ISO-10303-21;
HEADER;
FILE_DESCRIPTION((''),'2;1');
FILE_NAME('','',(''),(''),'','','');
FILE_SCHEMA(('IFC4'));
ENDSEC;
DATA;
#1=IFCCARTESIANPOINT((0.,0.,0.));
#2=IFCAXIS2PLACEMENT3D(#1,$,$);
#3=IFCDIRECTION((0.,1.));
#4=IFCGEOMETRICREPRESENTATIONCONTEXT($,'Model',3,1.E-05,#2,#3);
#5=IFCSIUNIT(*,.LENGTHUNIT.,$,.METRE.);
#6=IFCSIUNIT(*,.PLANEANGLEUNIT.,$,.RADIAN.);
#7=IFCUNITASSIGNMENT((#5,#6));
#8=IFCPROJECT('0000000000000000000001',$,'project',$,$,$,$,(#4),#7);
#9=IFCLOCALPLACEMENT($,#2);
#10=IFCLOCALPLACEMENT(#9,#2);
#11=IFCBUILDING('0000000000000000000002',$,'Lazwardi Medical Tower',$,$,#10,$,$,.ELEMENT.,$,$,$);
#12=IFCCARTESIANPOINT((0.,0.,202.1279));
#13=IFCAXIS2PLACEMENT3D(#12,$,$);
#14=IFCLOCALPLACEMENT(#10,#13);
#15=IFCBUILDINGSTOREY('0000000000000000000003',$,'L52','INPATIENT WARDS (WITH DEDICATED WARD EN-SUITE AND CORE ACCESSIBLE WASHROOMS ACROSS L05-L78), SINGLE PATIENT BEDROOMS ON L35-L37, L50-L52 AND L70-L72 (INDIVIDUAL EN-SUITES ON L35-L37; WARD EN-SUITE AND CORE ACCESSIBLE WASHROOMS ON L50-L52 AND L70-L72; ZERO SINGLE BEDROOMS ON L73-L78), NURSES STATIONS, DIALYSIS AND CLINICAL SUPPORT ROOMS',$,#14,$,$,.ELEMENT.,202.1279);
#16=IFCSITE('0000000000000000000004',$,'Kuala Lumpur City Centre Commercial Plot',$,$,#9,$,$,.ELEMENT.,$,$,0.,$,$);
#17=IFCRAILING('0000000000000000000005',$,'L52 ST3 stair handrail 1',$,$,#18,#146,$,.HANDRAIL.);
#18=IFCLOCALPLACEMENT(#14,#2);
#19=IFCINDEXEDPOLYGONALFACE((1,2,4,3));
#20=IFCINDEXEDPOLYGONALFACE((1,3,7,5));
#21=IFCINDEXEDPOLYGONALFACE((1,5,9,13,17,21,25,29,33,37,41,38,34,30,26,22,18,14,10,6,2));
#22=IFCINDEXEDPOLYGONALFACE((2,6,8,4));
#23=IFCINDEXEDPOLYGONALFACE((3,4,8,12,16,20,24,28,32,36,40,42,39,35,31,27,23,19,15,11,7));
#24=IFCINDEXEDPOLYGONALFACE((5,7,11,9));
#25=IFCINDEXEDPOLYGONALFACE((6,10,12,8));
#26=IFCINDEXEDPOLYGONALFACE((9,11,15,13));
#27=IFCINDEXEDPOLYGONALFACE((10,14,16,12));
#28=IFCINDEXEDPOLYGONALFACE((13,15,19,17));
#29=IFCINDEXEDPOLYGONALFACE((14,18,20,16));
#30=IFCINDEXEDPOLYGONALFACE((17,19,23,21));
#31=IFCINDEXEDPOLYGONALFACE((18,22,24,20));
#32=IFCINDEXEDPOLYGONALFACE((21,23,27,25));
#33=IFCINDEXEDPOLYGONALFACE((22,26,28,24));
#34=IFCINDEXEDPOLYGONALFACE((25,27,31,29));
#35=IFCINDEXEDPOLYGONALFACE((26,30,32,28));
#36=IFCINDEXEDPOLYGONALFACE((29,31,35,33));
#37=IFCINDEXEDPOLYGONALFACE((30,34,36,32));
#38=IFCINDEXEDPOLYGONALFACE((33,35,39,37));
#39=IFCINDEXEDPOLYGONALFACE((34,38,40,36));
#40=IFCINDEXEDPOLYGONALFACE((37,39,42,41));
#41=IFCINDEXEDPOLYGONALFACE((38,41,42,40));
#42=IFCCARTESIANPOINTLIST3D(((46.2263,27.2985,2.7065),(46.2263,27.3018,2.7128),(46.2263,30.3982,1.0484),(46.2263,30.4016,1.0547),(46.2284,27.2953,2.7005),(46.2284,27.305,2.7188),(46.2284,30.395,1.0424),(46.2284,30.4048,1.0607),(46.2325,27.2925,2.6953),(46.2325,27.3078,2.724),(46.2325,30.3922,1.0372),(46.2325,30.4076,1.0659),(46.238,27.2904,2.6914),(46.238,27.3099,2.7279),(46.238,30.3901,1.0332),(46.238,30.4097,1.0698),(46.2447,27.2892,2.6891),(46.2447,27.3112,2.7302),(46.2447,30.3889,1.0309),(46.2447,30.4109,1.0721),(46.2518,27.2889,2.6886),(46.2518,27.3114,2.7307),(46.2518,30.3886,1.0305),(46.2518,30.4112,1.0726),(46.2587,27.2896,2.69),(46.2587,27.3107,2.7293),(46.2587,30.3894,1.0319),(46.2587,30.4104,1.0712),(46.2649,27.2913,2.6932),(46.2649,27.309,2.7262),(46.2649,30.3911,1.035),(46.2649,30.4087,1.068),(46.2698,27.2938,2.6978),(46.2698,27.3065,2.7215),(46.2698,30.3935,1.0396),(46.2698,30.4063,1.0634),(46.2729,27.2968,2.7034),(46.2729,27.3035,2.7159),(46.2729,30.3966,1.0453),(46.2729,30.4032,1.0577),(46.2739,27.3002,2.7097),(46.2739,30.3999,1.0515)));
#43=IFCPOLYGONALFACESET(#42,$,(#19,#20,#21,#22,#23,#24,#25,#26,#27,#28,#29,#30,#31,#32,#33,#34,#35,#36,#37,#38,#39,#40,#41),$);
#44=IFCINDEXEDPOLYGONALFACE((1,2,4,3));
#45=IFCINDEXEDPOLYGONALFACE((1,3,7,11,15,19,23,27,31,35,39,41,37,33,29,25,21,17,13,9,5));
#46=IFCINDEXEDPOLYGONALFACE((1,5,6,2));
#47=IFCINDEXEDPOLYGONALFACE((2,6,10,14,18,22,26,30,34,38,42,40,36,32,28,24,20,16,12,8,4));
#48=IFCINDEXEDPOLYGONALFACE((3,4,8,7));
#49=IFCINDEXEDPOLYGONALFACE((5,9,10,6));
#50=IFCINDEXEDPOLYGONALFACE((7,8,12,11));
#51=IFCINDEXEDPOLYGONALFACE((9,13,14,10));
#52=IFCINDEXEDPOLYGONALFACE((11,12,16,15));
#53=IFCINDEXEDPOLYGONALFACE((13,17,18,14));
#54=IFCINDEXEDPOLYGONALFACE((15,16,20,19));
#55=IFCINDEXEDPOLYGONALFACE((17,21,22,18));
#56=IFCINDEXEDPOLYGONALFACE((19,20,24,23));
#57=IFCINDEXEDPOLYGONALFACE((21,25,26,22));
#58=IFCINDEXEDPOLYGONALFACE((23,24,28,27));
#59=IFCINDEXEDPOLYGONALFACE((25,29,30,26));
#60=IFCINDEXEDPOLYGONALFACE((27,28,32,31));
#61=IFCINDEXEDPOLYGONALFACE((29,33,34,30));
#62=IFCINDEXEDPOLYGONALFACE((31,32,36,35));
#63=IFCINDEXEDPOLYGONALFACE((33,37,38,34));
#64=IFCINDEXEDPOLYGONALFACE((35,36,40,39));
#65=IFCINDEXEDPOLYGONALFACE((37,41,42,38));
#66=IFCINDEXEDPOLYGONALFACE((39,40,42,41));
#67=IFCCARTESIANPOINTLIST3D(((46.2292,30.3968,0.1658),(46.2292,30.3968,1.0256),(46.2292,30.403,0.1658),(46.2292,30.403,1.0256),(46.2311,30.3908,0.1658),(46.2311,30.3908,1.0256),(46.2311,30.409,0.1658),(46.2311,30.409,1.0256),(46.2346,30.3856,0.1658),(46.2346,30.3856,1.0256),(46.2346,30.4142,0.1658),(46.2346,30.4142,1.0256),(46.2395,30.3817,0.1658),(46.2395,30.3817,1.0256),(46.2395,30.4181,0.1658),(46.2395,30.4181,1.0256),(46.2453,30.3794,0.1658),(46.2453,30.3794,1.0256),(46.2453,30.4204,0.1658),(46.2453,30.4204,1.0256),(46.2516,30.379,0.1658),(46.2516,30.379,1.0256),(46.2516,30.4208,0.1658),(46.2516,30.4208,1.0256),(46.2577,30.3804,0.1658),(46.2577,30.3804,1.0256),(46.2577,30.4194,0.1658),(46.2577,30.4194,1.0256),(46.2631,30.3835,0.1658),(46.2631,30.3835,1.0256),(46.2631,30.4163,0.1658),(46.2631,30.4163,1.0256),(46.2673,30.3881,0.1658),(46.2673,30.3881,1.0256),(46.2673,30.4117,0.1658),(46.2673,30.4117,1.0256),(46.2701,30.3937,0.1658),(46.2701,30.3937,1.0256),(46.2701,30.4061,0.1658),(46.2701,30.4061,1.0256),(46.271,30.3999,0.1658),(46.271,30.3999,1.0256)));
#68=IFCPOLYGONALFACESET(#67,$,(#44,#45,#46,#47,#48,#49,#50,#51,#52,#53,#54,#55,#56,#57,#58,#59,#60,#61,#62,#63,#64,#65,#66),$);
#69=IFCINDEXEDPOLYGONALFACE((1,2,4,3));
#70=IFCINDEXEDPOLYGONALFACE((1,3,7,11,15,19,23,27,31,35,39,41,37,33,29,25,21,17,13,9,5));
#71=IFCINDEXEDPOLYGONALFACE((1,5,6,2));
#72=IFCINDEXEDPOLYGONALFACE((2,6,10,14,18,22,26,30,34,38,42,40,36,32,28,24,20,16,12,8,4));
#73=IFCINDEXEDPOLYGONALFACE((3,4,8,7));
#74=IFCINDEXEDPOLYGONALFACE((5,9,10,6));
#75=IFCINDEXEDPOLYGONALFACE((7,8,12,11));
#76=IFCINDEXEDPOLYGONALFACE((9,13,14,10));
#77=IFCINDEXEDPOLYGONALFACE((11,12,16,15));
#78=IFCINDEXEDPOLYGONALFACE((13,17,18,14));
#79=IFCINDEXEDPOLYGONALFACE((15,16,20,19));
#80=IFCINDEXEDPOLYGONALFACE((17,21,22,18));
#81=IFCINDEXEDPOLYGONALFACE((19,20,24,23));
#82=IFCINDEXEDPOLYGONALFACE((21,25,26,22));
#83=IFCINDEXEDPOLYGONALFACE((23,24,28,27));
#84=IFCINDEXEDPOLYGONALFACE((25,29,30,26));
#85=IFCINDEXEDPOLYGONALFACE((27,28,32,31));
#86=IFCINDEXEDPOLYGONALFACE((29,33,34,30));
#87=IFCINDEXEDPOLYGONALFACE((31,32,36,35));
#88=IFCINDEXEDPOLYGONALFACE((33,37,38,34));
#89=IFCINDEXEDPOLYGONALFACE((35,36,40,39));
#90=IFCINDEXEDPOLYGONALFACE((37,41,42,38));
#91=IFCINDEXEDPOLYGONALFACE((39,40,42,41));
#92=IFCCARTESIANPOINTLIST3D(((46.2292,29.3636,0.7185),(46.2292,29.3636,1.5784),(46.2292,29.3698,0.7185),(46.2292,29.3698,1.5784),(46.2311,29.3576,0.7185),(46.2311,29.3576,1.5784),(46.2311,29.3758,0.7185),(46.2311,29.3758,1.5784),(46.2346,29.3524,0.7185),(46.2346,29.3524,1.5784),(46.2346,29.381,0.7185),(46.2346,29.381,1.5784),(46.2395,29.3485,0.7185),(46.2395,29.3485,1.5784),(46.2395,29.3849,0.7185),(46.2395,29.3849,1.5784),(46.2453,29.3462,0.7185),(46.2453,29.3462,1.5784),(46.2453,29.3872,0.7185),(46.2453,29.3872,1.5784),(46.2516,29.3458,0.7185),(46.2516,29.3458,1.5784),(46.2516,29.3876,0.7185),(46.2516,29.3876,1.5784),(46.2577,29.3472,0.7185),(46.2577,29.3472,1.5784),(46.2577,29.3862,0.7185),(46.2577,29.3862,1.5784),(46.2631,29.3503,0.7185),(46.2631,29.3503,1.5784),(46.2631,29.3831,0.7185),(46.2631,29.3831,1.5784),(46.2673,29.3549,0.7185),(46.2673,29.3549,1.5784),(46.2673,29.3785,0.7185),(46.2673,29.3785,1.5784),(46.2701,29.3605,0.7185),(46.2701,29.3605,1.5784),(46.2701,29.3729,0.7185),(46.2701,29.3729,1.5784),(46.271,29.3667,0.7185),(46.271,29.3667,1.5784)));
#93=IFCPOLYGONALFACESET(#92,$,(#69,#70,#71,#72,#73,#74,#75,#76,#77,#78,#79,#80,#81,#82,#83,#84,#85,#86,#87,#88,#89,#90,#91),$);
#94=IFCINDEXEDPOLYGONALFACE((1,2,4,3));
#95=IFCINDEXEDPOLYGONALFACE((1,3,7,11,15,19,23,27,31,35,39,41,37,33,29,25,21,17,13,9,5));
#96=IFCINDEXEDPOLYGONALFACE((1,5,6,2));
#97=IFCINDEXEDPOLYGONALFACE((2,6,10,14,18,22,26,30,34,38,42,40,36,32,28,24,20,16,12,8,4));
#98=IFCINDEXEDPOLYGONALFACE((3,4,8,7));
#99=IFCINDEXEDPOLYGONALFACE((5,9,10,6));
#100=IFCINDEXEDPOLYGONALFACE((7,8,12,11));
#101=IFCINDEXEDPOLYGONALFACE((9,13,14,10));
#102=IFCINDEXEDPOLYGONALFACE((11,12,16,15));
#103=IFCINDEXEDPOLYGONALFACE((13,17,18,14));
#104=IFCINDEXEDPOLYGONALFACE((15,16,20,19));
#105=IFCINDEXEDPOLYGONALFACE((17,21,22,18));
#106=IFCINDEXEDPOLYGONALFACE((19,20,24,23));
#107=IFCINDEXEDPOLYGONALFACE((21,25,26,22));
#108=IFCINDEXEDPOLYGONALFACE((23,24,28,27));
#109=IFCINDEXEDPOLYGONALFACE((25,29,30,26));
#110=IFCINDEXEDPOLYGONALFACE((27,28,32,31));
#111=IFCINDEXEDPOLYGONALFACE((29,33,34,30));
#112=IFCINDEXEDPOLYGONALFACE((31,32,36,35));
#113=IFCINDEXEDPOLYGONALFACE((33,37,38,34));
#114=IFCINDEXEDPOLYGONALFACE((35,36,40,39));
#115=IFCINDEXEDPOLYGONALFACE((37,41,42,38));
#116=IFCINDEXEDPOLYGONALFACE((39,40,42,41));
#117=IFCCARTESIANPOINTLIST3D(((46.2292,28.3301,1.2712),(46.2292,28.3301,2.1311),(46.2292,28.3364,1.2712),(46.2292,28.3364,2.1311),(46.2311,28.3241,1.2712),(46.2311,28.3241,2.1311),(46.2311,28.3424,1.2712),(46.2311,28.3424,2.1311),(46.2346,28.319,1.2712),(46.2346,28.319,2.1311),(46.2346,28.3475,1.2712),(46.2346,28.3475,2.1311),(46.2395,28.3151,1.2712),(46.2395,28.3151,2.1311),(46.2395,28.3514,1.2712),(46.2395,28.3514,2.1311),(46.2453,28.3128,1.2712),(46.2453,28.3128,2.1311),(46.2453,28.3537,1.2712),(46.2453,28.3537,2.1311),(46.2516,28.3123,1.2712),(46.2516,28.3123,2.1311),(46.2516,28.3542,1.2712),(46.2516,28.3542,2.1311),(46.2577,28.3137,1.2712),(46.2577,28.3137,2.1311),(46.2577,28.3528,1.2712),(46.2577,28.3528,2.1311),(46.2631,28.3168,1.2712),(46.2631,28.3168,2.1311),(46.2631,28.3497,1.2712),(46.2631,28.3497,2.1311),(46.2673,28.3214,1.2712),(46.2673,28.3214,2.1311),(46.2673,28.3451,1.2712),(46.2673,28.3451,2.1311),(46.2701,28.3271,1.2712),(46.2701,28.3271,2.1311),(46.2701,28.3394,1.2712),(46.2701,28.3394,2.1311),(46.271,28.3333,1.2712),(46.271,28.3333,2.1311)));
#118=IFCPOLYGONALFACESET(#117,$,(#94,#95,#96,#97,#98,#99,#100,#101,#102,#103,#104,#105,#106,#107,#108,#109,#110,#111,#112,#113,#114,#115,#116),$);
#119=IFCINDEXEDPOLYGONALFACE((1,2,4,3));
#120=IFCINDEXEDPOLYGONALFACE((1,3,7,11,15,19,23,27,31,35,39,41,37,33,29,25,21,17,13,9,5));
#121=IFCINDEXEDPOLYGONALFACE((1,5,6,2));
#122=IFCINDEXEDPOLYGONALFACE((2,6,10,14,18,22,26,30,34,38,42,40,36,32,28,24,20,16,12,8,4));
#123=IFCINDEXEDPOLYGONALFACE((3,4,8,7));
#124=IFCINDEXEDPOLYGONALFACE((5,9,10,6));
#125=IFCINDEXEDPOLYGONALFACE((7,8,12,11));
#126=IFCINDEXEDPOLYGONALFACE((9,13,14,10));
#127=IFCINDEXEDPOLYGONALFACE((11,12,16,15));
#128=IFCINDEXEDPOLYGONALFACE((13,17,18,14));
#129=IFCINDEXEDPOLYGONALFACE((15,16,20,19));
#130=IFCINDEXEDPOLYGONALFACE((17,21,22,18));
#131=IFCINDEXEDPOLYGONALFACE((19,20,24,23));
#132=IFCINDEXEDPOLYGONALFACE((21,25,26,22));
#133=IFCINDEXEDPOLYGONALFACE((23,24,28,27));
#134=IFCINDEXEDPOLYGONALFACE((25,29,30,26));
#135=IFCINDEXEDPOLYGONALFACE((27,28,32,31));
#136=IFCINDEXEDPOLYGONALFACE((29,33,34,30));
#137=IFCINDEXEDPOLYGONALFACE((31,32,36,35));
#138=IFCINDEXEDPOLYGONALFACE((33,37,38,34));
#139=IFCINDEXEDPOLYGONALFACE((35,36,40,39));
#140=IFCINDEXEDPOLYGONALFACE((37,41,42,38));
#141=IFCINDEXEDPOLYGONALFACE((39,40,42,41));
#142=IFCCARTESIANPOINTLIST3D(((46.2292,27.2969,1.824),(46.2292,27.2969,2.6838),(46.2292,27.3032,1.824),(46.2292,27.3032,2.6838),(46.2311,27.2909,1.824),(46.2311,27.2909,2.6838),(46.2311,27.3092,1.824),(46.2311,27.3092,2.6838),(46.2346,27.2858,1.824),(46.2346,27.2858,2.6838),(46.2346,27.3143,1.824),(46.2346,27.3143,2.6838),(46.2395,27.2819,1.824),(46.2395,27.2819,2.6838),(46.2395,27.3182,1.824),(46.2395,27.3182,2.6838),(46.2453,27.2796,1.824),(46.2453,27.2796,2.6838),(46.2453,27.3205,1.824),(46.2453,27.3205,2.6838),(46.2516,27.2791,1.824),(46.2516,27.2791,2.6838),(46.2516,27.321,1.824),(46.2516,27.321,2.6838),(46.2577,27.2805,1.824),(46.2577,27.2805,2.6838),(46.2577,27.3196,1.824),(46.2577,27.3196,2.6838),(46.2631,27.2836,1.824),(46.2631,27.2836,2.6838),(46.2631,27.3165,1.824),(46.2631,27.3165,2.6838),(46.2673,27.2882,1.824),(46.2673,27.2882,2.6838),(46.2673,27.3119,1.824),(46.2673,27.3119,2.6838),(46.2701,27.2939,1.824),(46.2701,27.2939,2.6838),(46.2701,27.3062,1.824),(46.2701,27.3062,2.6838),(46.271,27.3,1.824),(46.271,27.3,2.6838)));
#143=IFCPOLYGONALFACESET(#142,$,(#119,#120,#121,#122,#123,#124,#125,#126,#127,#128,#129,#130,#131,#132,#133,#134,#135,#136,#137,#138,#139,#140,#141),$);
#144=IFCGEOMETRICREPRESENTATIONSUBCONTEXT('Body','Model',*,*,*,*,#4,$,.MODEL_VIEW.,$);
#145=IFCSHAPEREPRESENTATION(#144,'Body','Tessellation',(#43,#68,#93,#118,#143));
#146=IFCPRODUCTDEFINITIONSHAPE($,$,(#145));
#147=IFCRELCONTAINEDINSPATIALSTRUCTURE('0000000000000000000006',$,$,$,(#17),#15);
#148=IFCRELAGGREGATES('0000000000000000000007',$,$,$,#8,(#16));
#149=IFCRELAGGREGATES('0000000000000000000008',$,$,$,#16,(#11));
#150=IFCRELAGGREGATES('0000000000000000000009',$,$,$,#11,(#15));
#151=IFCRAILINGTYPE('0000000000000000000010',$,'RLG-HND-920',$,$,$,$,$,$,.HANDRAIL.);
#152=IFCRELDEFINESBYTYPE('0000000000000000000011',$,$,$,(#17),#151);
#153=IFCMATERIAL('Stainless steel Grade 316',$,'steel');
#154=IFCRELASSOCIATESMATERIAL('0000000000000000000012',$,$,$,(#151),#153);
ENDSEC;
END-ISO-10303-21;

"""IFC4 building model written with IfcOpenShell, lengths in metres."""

from ifc_helpers import new_model, si_unit, direction, frame, origin, origin_2d, place, context, subcontext, project, spatial, circle, extrude, material, type_object, element, save


model = new_model("IFC4")

# Units and contexts
model_context = context("Model", 3, precision=1e-05, world=origin(), true_north=direction((0.0, 1.0)))
body_context = subcontext(model_context, "Body", "Model", "MODEL_VIEW")
ifc_project = project(units=[si_unit("LENGTHUNIT", "METRE"), si_unit("PLANEANGLEUNIT", "RADIAN")], contexts=[model_context])

# Site, building, storey
site_placement = place(None, origin())
site = spatial("IfcSite", under=ifc_project, at=site_placement, Name="Kuala Lumpur City Centre Commercial Plot", CompositionType="ELEMENT", RefElevation=0.0)
building_placement = place(site_placement, origin())
building = spatial("IfcBuilding", under=site, at=building_placement, Name="Lazwardi Medical Tower", CompositionType="ELEMENT")
storey_placement = place(building_placement, frame((0.0, 0.0, 202.1279)))
storey = spatial("IfcBuildingStorey", under=building, at=storey_placement, Name="L52", Description="INPATIENT WARDS (WITH DEDICATED WARD EN-SUITE AND CORE ACCESSIBLE WASHROOMS ACROSS L05-L78), SINGLE PATIENT BEDROOMS ON L35-L37, L50-L52 AND L70-L72 (INDIVIDUAL EN-SUITES ON L35-L37; WARD EN-SUITE AND CORE ACCESSIBLE WASHROOMS ON L50-L52 AND L70-L72; ZERO SINGLE BEDROOMS ON L73-L78), NURSES STATIONS, DIALYSIS AND CLINICAL SUPPORT ROOMS", CompositionType="ELEMENT", Elevation=202.1279)

# Railing
ifc_material_1 = material(Name="Stainless steel Grade 316", Category="steel")
railing_type_1 = type_object("IfcRailingType", Name="RLG-HND-920", PredefinedType="HANDRAIL", material=ifc_material_1)
railing_1_placement = place(storey_placement, frame((46.25, 30.3999, 0.1658)))
element("IfcRailing", 1, at=railing_1_placement, inside=storey, type_object=railing_type_1, Name="L52 ST3 stair handrail 1", PredefinedType="HANDRAIL", context=body_context, shape_type="SweptSolid", body=[
    extrude(circle(Radius=0.0239, at=origin_2d()), frame((0.0, 0.0, 0.8857), z_axis=(0.0, -0.881768, 0.471684), x_axis=(1.0, 0.0, 0.0)), (0.0, 0.0, 1.0), 3.5154),
    extrude(circle(Radius=0.021, at=origin_2d()), origin(), (0.0, 0.0, 1.0), 0.8599),
    extrude(circle(Radius=0.021, at=origin_2d()), frame((0.0, -1.0332, 0.5527)), (0.0, 0.0, 1.0), 0.8599),
    extrude(circle(Radius=0.021, at=origin_2d()), frame((0.0, -2.0667, 1.1055)), (0.0, 0.0, 1.0), 0.8599),
    extrude(circle(Radius=0.021, at=origin_2d()), frame((0.0, -3.0999, 1.6582)), (0.0, 0.0, 1.0), 0.8599),
])

save(model, "model.ifc")
